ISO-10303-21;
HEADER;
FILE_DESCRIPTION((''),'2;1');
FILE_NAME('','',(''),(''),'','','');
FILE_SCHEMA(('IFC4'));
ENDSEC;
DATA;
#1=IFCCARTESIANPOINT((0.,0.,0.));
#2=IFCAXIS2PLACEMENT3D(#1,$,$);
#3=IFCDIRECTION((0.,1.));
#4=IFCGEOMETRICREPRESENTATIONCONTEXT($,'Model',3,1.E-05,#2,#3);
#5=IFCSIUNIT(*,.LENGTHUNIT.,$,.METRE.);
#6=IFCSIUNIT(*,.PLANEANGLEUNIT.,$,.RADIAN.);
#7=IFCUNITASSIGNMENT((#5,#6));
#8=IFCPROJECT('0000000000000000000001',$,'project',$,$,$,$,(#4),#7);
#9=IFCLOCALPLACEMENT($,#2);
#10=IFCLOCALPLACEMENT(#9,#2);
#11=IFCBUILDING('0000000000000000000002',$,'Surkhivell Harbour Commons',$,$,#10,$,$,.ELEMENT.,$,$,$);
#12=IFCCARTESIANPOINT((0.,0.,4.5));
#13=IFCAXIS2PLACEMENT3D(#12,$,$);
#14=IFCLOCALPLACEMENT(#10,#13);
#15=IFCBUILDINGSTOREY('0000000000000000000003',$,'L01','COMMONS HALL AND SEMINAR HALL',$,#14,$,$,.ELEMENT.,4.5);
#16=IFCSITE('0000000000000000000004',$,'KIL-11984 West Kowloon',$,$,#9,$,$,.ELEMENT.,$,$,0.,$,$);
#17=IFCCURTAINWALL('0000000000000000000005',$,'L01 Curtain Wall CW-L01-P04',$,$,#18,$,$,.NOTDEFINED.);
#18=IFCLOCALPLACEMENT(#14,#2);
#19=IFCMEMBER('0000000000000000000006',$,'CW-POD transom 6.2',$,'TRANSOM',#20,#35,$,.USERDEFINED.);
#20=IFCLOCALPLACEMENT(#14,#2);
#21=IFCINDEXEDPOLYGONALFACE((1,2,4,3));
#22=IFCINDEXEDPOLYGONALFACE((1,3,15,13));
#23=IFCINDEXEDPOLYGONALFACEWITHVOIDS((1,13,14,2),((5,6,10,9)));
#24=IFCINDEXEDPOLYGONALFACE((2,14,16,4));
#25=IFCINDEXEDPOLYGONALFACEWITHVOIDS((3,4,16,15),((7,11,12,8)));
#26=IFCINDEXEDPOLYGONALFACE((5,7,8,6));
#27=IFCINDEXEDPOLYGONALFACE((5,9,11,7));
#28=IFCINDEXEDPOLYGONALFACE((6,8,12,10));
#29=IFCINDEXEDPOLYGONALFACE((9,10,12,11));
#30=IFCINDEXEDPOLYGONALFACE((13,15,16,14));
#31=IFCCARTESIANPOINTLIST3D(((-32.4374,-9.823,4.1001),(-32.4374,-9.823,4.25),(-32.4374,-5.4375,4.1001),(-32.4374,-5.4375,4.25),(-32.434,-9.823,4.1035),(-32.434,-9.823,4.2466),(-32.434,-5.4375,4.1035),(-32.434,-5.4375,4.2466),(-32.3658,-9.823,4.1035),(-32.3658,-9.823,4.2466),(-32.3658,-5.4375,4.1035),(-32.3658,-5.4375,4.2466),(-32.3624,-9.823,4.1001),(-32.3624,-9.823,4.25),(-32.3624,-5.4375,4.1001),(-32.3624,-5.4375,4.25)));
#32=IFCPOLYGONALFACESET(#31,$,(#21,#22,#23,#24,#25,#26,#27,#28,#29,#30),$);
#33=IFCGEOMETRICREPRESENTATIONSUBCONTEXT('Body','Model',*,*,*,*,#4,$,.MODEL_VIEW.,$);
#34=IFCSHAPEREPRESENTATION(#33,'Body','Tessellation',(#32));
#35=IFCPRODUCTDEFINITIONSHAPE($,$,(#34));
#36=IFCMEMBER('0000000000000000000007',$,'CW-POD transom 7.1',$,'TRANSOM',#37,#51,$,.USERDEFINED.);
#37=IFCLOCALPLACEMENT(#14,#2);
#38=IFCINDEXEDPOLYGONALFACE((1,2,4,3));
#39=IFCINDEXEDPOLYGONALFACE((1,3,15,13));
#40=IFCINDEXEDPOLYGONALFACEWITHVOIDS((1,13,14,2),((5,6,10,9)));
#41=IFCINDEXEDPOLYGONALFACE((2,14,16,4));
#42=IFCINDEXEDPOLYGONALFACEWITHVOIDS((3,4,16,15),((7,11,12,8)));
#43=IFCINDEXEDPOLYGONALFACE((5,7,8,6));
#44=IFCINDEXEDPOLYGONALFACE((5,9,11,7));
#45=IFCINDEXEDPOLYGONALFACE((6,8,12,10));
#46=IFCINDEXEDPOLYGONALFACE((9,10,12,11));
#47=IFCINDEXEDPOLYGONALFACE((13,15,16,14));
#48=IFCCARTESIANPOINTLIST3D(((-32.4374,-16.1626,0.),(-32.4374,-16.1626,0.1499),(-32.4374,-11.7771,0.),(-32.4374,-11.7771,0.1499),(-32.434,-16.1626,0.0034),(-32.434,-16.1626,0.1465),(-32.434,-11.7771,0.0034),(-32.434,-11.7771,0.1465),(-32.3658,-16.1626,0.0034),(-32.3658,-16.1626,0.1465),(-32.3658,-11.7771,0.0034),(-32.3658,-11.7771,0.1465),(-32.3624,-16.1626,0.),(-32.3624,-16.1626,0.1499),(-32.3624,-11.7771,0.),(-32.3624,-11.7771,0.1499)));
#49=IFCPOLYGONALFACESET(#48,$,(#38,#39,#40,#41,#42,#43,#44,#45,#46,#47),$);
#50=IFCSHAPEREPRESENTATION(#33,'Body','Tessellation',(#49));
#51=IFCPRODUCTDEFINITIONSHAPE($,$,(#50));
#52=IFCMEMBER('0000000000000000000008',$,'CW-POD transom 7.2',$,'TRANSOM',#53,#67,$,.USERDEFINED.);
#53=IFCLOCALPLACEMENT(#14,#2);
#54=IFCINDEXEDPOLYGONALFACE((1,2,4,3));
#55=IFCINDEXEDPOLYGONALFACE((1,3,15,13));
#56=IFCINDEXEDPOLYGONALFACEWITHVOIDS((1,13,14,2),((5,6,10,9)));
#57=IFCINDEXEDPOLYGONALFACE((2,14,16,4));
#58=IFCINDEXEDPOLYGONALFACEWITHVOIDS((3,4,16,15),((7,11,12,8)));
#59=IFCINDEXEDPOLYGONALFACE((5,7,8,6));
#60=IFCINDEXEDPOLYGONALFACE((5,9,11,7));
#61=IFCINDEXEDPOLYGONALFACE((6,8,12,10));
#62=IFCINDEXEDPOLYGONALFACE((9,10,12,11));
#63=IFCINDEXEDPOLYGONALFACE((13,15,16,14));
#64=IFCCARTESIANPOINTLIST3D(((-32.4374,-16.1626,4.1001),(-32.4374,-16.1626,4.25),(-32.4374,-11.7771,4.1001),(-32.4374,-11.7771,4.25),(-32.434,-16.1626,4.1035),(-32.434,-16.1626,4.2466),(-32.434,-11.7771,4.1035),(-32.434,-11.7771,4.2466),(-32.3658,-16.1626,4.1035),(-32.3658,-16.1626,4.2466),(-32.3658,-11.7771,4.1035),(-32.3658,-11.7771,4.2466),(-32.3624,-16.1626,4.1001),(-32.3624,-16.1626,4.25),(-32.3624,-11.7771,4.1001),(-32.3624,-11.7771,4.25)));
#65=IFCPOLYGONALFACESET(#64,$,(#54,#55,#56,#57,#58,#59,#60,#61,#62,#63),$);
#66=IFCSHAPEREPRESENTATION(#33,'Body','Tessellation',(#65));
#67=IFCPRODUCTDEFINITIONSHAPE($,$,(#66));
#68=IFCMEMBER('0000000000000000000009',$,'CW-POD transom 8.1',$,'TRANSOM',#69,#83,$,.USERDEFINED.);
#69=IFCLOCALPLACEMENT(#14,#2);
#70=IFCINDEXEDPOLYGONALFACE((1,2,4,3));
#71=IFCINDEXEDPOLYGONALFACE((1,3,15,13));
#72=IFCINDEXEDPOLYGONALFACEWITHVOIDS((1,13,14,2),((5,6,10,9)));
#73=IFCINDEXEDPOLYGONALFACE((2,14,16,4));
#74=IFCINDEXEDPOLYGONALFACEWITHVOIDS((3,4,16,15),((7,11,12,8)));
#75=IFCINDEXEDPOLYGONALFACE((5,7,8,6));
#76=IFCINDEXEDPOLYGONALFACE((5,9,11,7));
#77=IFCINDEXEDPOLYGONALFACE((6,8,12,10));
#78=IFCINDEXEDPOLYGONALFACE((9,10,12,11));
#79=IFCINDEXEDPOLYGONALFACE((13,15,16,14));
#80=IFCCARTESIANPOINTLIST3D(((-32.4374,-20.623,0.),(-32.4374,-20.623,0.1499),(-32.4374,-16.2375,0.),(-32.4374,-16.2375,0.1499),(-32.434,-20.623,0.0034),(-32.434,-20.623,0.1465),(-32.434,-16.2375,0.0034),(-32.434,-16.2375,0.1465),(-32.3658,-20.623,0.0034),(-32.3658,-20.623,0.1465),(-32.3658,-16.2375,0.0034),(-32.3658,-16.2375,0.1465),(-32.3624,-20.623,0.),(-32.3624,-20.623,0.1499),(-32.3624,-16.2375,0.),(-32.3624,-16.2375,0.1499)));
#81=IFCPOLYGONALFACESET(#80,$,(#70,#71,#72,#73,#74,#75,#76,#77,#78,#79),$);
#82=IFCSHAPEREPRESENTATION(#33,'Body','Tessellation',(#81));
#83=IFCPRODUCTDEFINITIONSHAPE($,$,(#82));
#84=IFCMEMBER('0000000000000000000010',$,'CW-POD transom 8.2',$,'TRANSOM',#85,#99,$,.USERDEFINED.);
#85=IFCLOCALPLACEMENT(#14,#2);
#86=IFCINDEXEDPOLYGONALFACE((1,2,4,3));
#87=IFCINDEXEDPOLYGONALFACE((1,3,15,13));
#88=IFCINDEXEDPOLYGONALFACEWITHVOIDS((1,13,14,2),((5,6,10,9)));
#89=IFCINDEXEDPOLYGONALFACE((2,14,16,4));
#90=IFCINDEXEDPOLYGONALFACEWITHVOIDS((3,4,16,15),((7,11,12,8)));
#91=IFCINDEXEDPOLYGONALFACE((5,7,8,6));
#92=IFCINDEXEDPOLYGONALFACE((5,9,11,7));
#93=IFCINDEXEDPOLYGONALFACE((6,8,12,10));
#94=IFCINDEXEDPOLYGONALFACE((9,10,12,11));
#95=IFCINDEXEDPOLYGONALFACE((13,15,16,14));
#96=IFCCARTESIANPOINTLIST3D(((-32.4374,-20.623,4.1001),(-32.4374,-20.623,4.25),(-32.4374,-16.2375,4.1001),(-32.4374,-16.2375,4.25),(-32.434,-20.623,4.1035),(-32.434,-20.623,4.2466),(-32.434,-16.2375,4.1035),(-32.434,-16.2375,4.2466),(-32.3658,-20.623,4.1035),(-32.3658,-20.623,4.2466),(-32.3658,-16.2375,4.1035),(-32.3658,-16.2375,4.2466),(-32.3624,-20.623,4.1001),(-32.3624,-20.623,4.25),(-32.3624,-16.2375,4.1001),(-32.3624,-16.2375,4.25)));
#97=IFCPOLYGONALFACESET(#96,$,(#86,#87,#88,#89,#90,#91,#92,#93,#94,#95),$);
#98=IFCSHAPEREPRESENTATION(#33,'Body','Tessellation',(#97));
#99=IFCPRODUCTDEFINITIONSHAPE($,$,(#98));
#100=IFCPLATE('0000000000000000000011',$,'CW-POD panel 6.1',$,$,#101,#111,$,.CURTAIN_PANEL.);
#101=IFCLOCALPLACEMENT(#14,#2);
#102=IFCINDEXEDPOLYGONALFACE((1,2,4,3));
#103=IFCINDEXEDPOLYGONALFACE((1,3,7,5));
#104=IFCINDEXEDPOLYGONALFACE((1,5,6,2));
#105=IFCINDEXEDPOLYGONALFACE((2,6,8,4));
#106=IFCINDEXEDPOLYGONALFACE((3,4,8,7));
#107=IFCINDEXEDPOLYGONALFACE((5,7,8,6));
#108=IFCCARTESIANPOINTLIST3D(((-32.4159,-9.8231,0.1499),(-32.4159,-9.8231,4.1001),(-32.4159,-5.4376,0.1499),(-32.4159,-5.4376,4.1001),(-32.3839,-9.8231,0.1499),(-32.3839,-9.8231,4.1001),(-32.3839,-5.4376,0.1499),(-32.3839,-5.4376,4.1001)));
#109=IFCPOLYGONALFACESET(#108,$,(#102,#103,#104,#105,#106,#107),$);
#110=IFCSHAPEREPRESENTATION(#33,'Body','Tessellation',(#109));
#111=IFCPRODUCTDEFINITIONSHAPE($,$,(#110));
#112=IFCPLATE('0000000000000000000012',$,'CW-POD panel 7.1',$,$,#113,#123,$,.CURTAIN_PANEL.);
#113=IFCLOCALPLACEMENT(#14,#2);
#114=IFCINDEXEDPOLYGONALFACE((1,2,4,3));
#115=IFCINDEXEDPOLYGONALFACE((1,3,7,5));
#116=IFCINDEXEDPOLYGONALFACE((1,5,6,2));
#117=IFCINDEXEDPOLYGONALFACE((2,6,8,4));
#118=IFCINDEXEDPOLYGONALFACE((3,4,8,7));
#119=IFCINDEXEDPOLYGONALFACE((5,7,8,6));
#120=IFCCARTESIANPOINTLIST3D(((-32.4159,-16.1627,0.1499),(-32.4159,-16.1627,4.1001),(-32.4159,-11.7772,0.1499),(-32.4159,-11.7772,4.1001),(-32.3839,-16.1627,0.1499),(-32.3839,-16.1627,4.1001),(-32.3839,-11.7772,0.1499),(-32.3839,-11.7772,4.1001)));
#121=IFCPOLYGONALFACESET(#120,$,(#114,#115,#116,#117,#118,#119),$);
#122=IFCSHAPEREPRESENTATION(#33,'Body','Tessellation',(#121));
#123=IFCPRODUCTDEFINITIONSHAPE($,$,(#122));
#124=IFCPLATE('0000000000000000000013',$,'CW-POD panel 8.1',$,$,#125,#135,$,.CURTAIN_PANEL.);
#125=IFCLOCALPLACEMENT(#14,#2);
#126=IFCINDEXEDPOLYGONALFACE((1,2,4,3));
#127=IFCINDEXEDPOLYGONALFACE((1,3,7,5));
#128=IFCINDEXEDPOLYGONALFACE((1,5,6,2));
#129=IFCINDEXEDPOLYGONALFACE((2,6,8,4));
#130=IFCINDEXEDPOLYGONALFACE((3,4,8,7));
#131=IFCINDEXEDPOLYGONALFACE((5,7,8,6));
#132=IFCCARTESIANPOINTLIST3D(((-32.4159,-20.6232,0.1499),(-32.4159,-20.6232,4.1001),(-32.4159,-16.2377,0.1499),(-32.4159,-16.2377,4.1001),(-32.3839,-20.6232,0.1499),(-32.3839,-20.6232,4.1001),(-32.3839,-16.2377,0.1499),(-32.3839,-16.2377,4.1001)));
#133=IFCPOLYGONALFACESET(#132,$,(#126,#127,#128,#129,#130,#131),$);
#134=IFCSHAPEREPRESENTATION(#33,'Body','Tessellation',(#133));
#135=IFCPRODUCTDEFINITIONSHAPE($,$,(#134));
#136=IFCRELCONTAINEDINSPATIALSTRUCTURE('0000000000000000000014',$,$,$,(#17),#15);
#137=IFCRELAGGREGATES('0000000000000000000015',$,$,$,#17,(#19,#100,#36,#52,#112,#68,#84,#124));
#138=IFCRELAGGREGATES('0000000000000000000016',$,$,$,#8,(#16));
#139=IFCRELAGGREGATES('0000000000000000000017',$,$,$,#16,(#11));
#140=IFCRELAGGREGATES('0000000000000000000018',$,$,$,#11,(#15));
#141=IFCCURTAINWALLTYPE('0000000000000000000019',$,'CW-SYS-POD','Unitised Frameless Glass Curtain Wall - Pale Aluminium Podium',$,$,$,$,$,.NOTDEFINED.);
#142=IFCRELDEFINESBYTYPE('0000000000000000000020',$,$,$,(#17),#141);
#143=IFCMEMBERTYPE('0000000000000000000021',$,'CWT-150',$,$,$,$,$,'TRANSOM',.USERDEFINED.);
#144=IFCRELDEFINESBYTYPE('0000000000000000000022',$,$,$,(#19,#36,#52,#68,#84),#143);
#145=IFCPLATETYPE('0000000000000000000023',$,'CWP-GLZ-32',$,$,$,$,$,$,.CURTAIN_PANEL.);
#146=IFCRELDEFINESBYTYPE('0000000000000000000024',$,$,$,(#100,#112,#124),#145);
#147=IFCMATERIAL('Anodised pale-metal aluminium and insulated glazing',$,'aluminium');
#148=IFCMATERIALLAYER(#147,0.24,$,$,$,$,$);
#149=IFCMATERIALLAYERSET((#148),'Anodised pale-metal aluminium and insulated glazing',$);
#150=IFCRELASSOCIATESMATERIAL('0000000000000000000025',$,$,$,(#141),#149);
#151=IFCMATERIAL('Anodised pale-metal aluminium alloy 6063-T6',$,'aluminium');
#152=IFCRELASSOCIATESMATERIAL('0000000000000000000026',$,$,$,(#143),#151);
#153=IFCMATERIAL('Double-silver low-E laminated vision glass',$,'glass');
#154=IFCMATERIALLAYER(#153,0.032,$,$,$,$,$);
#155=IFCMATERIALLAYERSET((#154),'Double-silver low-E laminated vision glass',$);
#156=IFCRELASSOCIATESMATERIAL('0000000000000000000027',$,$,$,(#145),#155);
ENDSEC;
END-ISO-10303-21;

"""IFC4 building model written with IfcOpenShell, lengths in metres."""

from ifc_helpers import new_model, si_unit, direction, frame, frame_2d, origin, origin_2d, place, context, subcontext, project, spatial, rectangle, hollow_rectangle, extrude, material, layer, layer_set, material_profile, profile_set, type_object, element, aggregate, save


model = new_model("IFC4")

# Units and contexts
model_context = context("Model", 3, precision=1e-05, world=origin(), true_north=direction((0.0, 1.0)))
body_context = subcontext(model_context, "Body", "Model", "MODEL_VIEW")
ifc_project = project(units=[si_unit("LENGTHUNIT", "METRE"), si_unit("PLANEANGLEUNIT", "RADIAN")], contexts=[model_context])

# Site, building, storey
site_placement = place(None, origin())
site = spatial("IfcSite", under=ifc_project, at=site_placement, Name="KIL-11984 West Kowloon", CompositionType="ELEMENT", RefElevation=0.0)
building_placement = place(site_placement, origin())
building = spatial("IfcBuilding", under=site, at=building_placement, Name="Surkhivell Harbour Commons", CompositionType="ELEMENT")
storey_placement = place(building_placement, frame((0.0, 0.0, 4.5)))
storey = spatial("IfcBuildingStorey", under=building, at=storey_placement, Name="L01", Description="COMMONS HALL AND SEMINAR HALL", CompositionType="ELEMENT", Elevation=4.5)

# Shared definitions
ifc_material_1 = material(Name="Anodised pale-metal aluminium and insulated glazing", Category="aluminium")
ifc_layer_1 = layer(ifc_material_1, 0.24)
ifc_layer_set_1 = layer_set([ifc_layer_1], Name="Anodised pale-metal aluminium and insulated glazing")
curtain_wall_type = type_object("IfcCurtainWallType", Name="CW-SYS-POD", Description="Unitised Frameless Glass Curtain Wall - Pale Aluminium Podium", PredefinedType="NOTDEFINED", material=ifc_layer_set_1)
ifc_material_2 = material(Name="Anodised pale-metal aluminium alloy 6063-T6", Category="aluminium")

# Curtain wall
curtain_wall_1_placement = place(storey_placement, origin())
curtain_wall_1 = element("IfcCurtainWall", 1, at=curtain_wall_1_placement, inside=storey, type_object=curtain_wall_type, Name="L01 Curtain Wall CW-L01-P04", PredefinedType="NOTDEFINED")

# Members
ifc_material_profile_1 = material_profile(ifc_material_2, hollow_rectangle(XDim=0.075, YDim=0.1499, WallThickness=0.0034, at=origin_2d()), Name="ALU-TRAN-75x150")
ifc_profile_set_1 = profile_set([ifc_material_profile_1], Name="Anodised pale-metal aluminium alloy 6063-T6")
member_type_1 = type_object("IfcMemberType", Name="CWT-150", ElementType="TRANSOM", PredefinedType="USERDEFINED", material=ifc_profile_set_1)
member_1_placement = place(storey_placement, frame((-32.3999, -5.4375, 4.175), z_axis=(0.0, -1.0, 0.0), x_axis=(1.0, 0.0, 0.0)))
member_1 = element("IfcMember", 2, at=member_1_placement, type_object=member_type_1, Name="CW-POD transom 6.2", ObjectType="TRANSOM", PredefinedType="USERDEFINED", context=body_context, shape_type="SweptSolid", body=[
    extrude(hollow_rectangle(XDim=0.075, YDim=0.1499, WallThickness=0.0034, at=origin_2d()), origin(), (0.0, 0.0, 1.0), 4.3855),
])
member_2_placement = place(storey_placement, frame((-32.3999, -11.7771, 0.075), z_axis=(0.0, -1.0, 0.0), x_axis=(1.0, 0.0, 0.0)))
member_2 = element("IfcMember", 3, at=member_2_placement, type_object=member_type_1, Name="CW-POD transom 7.1", ObjectType="TRANSOM", PredefinedType="USERDEFINED", context=body_context, shape_type="SweptSolid", body=[
    extrude(hollow_rectangle(XDim=0.075, YDim=0.1499, WallThickness=0.0034, at=origin_2d()), origin(), (0.0, 0.0, 1.0), 4.3855),
])
member_3_placement = place(storey_placement, frame((-32.3999, -11.7771, 4.175), z_axis=(0.0, -1.0, 0.0), x_axis=(1.0, 0.0, 0.0)))
member_3 = element("IfcMember", 4, at=member_3_placement, type_object=member_type_1, Name="CW-POD transom 7.2", ObjectType="TRANSOM", PredefinedType="USERDEFINED", context=body_context, shape_type="SweptSolid", body=[
    extrude(hollow_rectangle(XDim=0.075, YDim=0.1499, WallThickness=0.0034, at=origin_2d()), origin(), (0.0, 0.0, 1.0), 4.3855),
])
member_4_placement = place(storey_placement, frame((-32.3999, -16.2375, 0.075), z_axis=(0.0, -1.0, 0.0), x_axis=(1.0, 0.0, 0.0)))
member_4 = element("IfcMember", 5, at=member_4_placement, type_object=member_type_1, Name="CW-POD transom 8.1", ObjectType="TRANSOM", PredefinedType="USERDEFINED", context=body_context, shape_type="SweptSolid", body=[
    extrude(hollow_rectangle(XDim=0.075, YDim=0.1499, WallThickness=0.0034, at=origin_2d()), origin(), (0.0, 0.0, 1.0), 4.3855),
])
member_5_placement = place(storey_placement, frame((-32.3999, -16.2375, 4.175), z_axis=(0.0, -1.0, 0.0), x_axis=(1.0, 0.0, 0.0)))
member_5 = element("IfcMember", 6, at=member_5_placement, type_object=member_type_1, Name="CW-POD transom 8.2", ObjectType="TRANSOM", PredefinedType="USERDEFINED", context=body_context, shape_type="SweptSolid", body=[
    extrude(hollow_rectangle(XDim=0.075, YDim=0.1499, WallThickness=0.0034, at=origin_2d()), origin(), (0.0, 0.0, 1.0), 4.3855),
])

# Plates
ifc_material_3 = material(Name="Double-silver low-E laminated vision glass", Category="glass")
ifc_layer_2 = layer(ifc_material_3, 0.032)
ifc_layer_set_2 = layer_set([ifc_layer_2], Name="Double-silver low-E laminated vision glass")
plate_type = type_object("IfcPlateType", Name="CWP-GLZ-32", PredefinedType="CURTAIN_PANEL", material=ifc_layer_set_2)
plate_1_placement = place(storey_placement, frame((-32.3999, -5.4375, 0.1499), z_axis=(0.0, 0.0, 1.0), x_axis=(0.0, -1.0, 0.0)))
plate_1 = element("IfcPlate", 7, at=plate_1_placement, type_object=plate_type, Name="CW-POD panel 6.1", PredefinedType="CURTAIN_PANEL", context=body_context, shape_type="SweptSolid", body=[
    extrude(rectangle(XDim=4.3855, YDim=0.032, at=frame_2d((2.1929, 0.0))), origin(), (0.0, 0.0, 1.0), 3.9502),
])
plate_2_placement = place(storey_placement, frame((-32.3999, -11.7771, 0.1499), z_axis=(0.0, 0.0, 1.0), x_axis=(0.0, -1.0, 0.0)))
plate_2 = element("IfcPlate", 8, at=plate_2_placement, type_object=plate_type, Name="CW-POD panel 7.1", PredefinedType="CURTAIN_PANEL", context=body_context, shape_type="SweptSolid", body=[
    extrude(rectangle(XDim=4.3855, YDim=0.032, at=frame_2d((2.1929, 0.0))), origin(), (0.0, 0.0, 1.0), 3.9502),
])
plate_3_placement = place(storey_placement, frame((-32.3999, -16.2375, 0.1499), z_axis=(0.0, 0.0, 1.0), x_axis=(0.0, -1.0, 0.0)))
plate_3 = element("IfcPlate", 9, at=plate_3_placement, type_object=plate_type, Name="CW-POD panel 8.1", PredefinedType="CURTAIN_PANEL", context=body_context, shape_type="SweptSolid", body=[
    extrude(rectangle(XDim=4.3855, YDim=0.032, at=frame_2d((2.1929, 0.0))), origin(), (0.0, 0.0, 1.0), 3.9502),
])
aggregate(curtain_wall_1, [member_1, plate_1, member_2, member_3, plate_2, member_4, member_5, plate_3])

save(model, "model.ifc")
